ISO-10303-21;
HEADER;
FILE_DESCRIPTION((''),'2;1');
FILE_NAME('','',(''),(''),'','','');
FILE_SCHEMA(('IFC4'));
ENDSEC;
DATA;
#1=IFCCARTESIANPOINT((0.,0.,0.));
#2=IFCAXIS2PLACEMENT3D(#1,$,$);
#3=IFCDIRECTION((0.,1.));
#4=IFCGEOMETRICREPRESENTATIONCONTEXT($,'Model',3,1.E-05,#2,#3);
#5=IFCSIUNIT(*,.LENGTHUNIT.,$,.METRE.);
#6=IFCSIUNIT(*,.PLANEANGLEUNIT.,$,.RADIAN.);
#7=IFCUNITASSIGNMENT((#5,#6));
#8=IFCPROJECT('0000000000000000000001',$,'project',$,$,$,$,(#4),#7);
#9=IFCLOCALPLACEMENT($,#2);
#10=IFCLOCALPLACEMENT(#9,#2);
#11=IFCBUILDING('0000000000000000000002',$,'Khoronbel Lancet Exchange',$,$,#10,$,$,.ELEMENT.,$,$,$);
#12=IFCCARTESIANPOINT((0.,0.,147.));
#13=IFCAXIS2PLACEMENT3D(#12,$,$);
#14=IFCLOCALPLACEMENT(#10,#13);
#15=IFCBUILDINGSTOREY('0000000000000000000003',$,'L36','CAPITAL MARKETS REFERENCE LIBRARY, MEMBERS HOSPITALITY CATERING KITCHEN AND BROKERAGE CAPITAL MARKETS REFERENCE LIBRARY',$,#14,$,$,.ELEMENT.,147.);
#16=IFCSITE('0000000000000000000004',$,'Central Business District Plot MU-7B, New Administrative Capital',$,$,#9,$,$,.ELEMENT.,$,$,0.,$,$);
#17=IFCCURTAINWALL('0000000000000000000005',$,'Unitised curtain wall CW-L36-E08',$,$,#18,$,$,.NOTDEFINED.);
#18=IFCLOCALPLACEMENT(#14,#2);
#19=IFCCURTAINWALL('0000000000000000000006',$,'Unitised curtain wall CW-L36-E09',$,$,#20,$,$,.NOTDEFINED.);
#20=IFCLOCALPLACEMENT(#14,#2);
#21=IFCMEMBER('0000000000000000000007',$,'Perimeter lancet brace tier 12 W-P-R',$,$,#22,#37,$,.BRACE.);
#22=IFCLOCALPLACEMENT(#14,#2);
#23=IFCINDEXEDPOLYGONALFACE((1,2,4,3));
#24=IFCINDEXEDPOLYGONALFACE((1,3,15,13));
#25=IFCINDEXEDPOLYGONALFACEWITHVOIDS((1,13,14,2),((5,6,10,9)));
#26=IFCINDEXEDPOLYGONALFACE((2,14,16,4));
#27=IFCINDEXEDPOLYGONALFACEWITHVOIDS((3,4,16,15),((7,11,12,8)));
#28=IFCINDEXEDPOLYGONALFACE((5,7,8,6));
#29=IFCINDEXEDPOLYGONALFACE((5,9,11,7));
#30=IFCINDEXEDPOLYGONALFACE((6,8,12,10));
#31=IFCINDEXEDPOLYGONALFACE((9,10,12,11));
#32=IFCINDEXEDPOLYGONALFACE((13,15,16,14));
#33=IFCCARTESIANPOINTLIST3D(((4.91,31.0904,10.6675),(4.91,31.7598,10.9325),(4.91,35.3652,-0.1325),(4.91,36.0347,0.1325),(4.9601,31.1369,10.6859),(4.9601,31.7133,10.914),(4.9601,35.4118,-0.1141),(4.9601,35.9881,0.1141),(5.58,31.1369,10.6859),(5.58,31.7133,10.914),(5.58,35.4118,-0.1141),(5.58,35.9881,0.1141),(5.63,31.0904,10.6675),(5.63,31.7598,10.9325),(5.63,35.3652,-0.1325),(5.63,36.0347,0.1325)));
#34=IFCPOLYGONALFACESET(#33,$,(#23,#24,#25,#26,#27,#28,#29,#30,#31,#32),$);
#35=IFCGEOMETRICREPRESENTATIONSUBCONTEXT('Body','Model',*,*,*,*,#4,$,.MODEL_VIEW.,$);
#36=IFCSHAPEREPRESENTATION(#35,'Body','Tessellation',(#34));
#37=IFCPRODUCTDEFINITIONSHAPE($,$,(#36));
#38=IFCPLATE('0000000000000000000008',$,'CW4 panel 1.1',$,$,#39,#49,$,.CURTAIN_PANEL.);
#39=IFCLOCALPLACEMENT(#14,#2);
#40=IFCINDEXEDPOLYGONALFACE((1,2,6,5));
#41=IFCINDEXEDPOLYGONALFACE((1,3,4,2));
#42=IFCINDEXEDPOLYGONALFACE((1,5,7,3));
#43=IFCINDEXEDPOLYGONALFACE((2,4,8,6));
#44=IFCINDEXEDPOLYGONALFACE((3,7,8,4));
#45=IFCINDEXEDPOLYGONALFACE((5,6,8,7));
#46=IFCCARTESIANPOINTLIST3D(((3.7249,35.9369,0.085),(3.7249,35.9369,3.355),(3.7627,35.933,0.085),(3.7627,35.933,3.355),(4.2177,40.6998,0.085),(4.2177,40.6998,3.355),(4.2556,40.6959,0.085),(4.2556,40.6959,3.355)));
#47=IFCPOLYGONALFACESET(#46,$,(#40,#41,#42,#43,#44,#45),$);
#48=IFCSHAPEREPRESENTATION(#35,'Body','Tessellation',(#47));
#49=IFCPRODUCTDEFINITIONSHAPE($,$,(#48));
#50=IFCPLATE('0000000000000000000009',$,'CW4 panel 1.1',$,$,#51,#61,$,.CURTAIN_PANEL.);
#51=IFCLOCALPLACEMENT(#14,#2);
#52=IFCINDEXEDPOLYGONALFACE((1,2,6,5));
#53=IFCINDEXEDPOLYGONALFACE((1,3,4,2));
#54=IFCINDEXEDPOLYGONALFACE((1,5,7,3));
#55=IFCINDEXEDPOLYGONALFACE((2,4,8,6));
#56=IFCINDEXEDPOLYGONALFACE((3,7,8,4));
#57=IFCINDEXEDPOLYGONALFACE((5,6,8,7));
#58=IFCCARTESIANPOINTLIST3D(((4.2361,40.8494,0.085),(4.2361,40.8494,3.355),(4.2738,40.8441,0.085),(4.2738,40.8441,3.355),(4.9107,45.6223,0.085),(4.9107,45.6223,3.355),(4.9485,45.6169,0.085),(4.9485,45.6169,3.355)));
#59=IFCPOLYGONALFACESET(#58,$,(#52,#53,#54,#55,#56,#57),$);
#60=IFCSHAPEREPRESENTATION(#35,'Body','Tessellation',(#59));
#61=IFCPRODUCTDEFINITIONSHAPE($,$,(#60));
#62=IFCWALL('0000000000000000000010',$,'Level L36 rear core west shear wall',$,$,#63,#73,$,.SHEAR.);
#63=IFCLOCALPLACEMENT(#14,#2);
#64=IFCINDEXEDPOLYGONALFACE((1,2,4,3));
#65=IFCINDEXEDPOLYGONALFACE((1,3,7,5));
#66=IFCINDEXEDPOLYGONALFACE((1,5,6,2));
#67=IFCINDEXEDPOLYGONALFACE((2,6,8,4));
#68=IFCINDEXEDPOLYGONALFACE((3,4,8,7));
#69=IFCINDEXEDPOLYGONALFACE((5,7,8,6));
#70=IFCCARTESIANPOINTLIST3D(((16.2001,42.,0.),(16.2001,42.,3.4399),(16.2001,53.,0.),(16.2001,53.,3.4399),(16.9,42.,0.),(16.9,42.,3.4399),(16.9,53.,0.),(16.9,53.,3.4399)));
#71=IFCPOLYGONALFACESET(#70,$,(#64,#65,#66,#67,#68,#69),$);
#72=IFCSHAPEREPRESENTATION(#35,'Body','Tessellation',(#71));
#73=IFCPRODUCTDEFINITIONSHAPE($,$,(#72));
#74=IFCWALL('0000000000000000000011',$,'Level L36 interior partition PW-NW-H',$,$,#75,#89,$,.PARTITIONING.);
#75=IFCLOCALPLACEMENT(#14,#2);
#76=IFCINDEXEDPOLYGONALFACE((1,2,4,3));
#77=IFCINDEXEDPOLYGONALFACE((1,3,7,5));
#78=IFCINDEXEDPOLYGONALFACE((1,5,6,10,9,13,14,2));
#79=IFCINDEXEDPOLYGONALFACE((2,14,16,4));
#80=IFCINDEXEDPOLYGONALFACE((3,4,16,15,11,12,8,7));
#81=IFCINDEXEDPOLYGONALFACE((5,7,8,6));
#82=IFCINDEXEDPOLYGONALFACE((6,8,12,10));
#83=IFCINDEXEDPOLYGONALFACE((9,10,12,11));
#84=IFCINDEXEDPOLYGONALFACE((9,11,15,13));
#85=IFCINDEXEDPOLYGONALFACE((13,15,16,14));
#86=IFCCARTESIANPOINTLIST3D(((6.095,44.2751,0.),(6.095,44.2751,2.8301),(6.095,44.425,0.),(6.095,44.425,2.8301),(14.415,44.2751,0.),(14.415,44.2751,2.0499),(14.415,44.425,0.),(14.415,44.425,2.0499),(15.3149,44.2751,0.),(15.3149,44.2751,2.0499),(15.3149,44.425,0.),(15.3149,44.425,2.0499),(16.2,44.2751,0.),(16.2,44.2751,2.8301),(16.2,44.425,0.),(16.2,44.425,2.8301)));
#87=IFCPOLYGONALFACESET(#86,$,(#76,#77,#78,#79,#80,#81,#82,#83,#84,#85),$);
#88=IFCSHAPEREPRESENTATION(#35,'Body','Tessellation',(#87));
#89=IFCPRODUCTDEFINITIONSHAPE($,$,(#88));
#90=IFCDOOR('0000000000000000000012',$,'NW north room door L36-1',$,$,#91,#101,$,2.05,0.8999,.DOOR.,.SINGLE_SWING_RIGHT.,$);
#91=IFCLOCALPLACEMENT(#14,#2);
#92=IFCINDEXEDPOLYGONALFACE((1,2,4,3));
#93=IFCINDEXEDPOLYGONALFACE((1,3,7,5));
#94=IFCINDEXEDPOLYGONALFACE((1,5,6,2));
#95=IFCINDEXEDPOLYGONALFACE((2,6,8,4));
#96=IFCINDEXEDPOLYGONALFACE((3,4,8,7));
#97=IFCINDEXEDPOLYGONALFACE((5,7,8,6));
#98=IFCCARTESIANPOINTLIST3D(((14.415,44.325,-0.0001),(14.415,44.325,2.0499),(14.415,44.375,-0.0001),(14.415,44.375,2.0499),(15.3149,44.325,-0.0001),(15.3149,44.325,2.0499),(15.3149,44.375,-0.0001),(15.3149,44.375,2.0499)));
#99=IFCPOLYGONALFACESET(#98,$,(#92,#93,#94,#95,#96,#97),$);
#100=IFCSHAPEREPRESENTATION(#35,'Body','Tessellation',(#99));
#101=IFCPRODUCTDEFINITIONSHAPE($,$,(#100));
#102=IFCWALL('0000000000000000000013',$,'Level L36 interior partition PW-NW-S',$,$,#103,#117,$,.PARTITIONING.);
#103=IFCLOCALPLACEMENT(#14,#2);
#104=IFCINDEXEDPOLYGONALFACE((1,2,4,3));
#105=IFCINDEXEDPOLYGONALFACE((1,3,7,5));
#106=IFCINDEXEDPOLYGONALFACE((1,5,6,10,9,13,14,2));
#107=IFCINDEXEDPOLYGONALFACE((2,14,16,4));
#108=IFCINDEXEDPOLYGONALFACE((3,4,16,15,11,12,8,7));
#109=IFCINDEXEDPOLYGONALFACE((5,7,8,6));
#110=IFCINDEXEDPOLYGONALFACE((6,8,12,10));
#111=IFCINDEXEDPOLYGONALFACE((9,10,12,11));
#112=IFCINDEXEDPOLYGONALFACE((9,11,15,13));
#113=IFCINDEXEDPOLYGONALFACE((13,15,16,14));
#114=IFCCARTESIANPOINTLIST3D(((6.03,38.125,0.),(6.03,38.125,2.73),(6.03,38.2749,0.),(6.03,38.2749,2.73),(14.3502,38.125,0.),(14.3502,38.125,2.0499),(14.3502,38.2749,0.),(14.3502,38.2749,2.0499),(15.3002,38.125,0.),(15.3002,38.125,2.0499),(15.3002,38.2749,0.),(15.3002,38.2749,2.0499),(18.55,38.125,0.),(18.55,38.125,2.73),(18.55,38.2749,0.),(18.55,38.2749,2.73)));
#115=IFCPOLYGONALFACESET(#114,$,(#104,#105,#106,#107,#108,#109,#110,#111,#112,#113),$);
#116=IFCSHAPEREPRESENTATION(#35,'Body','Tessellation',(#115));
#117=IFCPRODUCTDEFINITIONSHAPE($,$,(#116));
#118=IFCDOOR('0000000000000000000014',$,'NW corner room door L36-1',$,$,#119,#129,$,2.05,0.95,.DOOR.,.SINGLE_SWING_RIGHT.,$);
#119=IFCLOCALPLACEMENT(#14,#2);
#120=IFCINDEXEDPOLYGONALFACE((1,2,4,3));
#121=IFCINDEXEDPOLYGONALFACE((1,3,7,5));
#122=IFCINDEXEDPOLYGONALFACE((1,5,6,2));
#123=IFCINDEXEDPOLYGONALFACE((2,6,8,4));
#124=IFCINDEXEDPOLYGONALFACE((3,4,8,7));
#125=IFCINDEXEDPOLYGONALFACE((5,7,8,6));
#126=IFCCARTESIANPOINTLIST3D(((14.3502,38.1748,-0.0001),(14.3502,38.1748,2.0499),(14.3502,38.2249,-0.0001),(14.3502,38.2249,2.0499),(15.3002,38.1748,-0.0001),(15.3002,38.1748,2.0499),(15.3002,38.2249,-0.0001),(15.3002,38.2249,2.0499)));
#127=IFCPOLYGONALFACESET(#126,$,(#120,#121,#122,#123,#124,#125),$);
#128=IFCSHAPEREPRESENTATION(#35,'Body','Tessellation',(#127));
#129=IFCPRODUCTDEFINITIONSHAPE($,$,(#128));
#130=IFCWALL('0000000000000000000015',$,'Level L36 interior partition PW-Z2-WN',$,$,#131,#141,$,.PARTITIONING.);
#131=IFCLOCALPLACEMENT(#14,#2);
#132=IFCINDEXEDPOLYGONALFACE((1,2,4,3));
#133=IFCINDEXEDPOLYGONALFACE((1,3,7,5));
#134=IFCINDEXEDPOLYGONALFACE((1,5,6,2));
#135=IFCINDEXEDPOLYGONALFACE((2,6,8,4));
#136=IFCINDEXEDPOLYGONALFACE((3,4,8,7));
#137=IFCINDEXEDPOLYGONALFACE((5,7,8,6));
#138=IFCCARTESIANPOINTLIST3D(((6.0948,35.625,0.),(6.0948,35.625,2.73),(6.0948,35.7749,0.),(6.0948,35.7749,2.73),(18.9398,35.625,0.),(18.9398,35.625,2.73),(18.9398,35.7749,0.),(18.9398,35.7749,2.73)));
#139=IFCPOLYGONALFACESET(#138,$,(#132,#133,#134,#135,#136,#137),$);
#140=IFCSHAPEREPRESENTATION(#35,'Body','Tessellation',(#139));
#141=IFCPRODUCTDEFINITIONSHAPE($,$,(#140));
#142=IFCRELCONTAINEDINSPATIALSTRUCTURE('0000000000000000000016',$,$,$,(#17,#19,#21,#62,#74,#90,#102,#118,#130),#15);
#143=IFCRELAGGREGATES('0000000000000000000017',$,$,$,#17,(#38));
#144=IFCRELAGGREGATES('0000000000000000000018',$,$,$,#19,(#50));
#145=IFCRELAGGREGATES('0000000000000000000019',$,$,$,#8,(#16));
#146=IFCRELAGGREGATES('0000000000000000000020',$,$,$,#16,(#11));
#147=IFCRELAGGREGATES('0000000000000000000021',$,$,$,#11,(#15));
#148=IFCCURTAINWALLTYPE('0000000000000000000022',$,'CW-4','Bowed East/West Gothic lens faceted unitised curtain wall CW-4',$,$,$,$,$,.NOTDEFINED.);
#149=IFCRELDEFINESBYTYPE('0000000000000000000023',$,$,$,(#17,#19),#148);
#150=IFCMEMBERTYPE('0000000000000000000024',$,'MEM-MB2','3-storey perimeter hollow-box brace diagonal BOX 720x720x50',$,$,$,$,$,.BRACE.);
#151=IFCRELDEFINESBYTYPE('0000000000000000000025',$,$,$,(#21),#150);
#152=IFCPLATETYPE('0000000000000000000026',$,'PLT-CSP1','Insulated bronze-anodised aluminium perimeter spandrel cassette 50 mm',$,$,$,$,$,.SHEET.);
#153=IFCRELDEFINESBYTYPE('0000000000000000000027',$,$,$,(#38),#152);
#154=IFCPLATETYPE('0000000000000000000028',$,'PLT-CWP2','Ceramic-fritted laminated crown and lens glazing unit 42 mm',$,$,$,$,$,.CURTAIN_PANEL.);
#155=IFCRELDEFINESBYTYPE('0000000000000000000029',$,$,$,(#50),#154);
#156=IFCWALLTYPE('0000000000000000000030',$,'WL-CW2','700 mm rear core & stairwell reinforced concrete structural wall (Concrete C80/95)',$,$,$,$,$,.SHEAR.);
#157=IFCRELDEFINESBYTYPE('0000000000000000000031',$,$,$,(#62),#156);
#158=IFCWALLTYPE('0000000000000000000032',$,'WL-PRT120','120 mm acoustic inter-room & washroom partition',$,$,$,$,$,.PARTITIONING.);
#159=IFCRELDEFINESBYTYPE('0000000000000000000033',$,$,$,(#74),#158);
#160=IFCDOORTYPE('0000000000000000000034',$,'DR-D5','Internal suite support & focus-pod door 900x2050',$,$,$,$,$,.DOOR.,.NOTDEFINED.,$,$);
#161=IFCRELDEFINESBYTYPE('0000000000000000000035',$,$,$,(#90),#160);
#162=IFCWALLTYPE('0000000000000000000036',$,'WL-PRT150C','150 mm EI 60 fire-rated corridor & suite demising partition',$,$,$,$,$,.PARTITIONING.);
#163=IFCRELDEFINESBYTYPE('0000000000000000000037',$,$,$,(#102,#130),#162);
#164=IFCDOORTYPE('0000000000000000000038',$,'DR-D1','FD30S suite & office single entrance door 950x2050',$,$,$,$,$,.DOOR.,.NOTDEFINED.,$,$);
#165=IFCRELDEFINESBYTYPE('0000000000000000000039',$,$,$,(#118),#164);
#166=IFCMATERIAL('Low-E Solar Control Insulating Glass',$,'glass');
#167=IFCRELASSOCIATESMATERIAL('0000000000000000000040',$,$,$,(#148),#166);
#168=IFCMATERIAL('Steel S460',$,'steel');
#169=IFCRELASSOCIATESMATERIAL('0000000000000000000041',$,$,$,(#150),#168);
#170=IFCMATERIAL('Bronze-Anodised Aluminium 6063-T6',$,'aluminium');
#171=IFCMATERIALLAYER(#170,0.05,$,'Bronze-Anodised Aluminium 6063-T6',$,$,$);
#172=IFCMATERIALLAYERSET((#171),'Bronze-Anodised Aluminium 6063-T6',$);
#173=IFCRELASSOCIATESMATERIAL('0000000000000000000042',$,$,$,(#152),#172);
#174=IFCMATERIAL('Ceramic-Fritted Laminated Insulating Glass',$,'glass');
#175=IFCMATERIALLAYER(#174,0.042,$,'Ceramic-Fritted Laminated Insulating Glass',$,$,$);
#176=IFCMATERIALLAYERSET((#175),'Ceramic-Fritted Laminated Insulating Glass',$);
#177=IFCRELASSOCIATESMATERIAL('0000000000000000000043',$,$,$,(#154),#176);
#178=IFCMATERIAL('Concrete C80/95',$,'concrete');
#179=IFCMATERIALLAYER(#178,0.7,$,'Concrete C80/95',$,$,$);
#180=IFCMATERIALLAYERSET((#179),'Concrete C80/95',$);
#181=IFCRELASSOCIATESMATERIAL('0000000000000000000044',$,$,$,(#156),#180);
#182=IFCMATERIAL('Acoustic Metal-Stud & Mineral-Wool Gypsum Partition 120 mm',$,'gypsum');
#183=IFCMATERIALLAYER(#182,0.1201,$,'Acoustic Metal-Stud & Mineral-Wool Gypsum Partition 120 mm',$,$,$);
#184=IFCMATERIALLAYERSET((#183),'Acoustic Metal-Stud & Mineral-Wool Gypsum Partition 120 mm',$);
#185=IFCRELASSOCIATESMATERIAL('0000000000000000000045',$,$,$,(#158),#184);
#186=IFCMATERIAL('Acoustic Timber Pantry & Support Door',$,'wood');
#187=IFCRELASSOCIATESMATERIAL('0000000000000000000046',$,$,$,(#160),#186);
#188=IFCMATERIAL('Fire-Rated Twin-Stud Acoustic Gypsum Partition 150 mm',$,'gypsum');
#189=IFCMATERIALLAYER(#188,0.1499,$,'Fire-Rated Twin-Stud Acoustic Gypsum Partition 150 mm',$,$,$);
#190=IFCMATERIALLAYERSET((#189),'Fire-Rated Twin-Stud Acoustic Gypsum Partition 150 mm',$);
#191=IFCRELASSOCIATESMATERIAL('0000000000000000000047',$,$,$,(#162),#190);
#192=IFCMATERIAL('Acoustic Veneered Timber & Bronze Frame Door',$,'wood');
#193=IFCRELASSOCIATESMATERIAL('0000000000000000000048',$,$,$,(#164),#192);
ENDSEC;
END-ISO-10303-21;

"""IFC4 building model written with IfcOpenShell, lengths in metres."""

from ifc_helpers import new_model, si_unit, direction, frame, frame_2d, origin, origin_2d, place, context, subcontext, project, spatial, rectangle, hollow_rectangle, extrude, material, layer, layer_set, material_profile, profile_set, type_object, element, fill, aggregate, save


model = new_model("IFC4")

# Units and contexts
model_context = context("Model", 3, precision=1e-05, world=origin(), true_north=direction((0.0, 1.0)))
body_context = subcontext(model_context, "Body", "Model", "MODEL_VIEW")
ifc_project = project(units=[si_unit("LENGTHUNIT", "METRE"), si_unit("PLANEANGLEUNIT", "RADIAN")], contexts=[model_context])

# Site, building, storey
site_placement = place(None, origin())
site = spatial("IfcSite", under=ifc_project, at=site_placement, Name="Central Business District Plot MU-7B, New Administrative Capital", CompositionType="ELEMENT", RefElevation=0.0)
building_placement = place(site_placement, origin())
building = spatial("IfcBuilding", under=site, at=building_placement, Name="Khoronbel Lancet Exchange", CompositionType="ELEMENT")
storey_placement = place(building_placement, frame((0.0, 0.0, 147.0)))
storey = spatial("IfcBuildingStorey", under=building, at=storey_placement, Name="L36", Description="CAPITAL MARKETS REFERENCE LIBRARY, MEMBERS HOSPITALITY CATERING KITCHEN AND BROKERAGE CAPITAL MARKETS REFERENCE LIBRARY", CompositionType="ELEMENT", Elevation=147.0)

# Shared definitions
ifc_material_1 = material(Name="Steel S460", Category="steel")

# Shared definitions
ifc_material_2 = material(Name="Low-E Solar Control Insulating Glass", Category="glass")
curtain_wall_type = type_object("IfcCurtainWallType", Name="CW-4", Description="Bowed East/West Gothic lens faceted unitised curtain wall CW-4", PredefinedType="NOTDEFINED", material=ifc_material_2)
ifc_material_3 = material(Name="Bronze-Anodised Aluminium 6063-T6", Category="aluminium")

# Curtain walls
curtain_wall_1_placement = place(storey_placement, origin())
curtain_wall_1 = element("IfcCurtainWall", 1, at=curtain_wall_1_placement, inside=storey, type_object=curtain_wall_type, Name="Unitised curtain wall CW-L36-E08", PredefinedType="NOTDEFINED")
curtain_wall_2_placement = place(storey_placement, origin())
curtain_wall_2 = element("IfcCurtainWall", 2, at=curtain_wall_2_placement, inside=storey, type_object=curtain_wall_type, Name="Unitised curtain wall CW-L36-E09", PredefinedType="NOTDEFINED")

# Member
ifc_material_profile_1 = material_profile(ifc_material_1, hollow_rectangle(XDim=0.72, YDim=0.72, WallThickness=0.05, at=origin_2d()), Name="BOX 720x720x50")
ifc_profile_set_1 = profile_set([ifc_material_profile_1], Name="Steel S460")
member_type_1 = type_object("IfcMemberType", Name="MEM-MB2", Description="3-storey perimeter hollow-box brace diagonal BOX 720x720x50", PredefinedType="BRACE", material=ifc_profile_set_1)
member_1_placement = place(storey_placement, frame((5.27, 35.7, 0.0), z_axis=(0.0, -0.36804, 0.92981), x_axis=(1.0, 0.0, 0.0)))
element("IfcMember", 3, at=member_1_placement, inside=storey, type_object=member_type_1, Name="Perimeter lancet brace tier 12 W-P-R", PredefinedType="BRACE", context=body_context, shape_type="SweptSolid", body=[
    extrude(hollow_rectangle(XDim=0.72, YDim=0.72, WallThickness=0.05, at=origin_2d()), origin(), (0.0, 0.0, 1.0), 11.6152),
])

# Plates
ifc_layer_1 = layer(ifc_material_3, 0.05, Name="Bronze-Anodised Aluminium 6063-T6")
ifc_layer_set_1 = layer_set([ifc_layer_1], Name="Bronze-Anodised Aluminium 6063-T6")
plate_type_1 = type_object("IfcPlateType", Name="PLT-CSP1", Description="Insulated bronze-anodised aluminium perimeter spandrel cassette 50 mm", PredefinedType="SHEET", material=ifc_layer_set_1)
plate_1_placement = place(storey_placement, frame((3.9902, 38.3164, 0.085), z_axis=(0.0, 0.0, 1.0), x_axis=(0.102932, 0.994688, 0.0)))
plate_1 = element("IfcPlate", 4, at=plate_1_placement, type_object=plate_type_1, Name="CW4 panel 1.1", PredefinedType="CURTAIN_PANEL", context=body_context, shape_type="SweptSolid", body=[
    extrude(rectangle(XDim=4.7883, YDim=0.0381, at=origin_2d()), origin(), (0.0, 0.0, 1.0), 3.27),
])
aggregate(curtain_wall_1, [plate_1])
ifc_material_4 = material(Name="Ceramic-Fritted Laminated Insulating Glass", Category="glass")
ifc_layer_2 = layer(ifc_material_4, 0.042, Name="Ceramic-Fritted Laminated Insulating Glass")
ifc_layer_set_2 = layer_set([ifc_layer_2], Name="Ceramic-Fritted Laminated Insulating Glass")
plate_type_2 = type_object("IfcPlateType", Name="PLT-CWP2", Description="Ceramic-fritted laminated crown and lens glazing unit 42 mm", PredefinedType="CURTAIN_PANEL", material=ifc_layer_set_2)
plate_2_placement = place(storey_placement, frame((4.5923, 43.2332, 0.085), z_axis=(0.0, 0.0, 1.0), x_axis=(0.139954, 0.990158, 0.0)))
plate_2 = element("IfcPlate", 5, at=plate_2_placement, type_object=plate_type_2, Name="CW4 panel 1.1", PredefinedType="CURTAIN_PANEL", context=body_context, shape_type="SweptSolid", body=[
    extrude(rectangle(XDim=4.8203, YDim=0.0381, at=origin_2d()), origin(), (0.0, 0.0, 1.0), 3.27),
])
aggregate(curtain_wall_2, [plate_2])

# Wall
ifc_material_5 = material(Name="Concrete C80/95", Category="concrete")
ifc_layer_3 = layer(ifc_material_5, 0.7, Name="Concrete C80/95")
ifc_layer_set_3 = layer_set([ifc_layer_3], Name="Concrete C80/95")
wall_type_1 = type_object("IfcWallType", Name="WL-CW2", Description="700 mm rear core & stairwell reinforced concrete structural wall (Concrete C80/95)", PredefinedType="SHEAR", material=ifc_layer_set_3)
wall_1_placement = place(storey_placement, frame((16.55, 42.0, 0.0), z_axis=(0.0, 0.0, 1.0), x_axis=(0.0, 1.0, 0.0)))
element("IfcWall", 6, at=wall_1_placement, inside=storey, type_object=wall_type_1, Name="Level L36 rear core west shear wall", PredefinedType="SHEAR", context=body_context, shape_type="SweptSolid", body=[
    extrude(rectangle(XDim=11.0, YDim=0.7, at=frame_2d((5.5, 0.0))), origin(), (0.0, 0.0, 1.0), 3.4399),
])

# Walls, openings, doors
ifc_material_6 = material(Name="Acoustic Metal-Stud & Mineral-Wool Gypsum Partition 120 mm", Category="gypsum")
ifc_layer_4 = layer(ifc_material_6, 0.1201, Name="Acoustic Metal-Stud & Mineral-Wool Gypsum Partition 120 mm")
ifc_layer_set_4 = layer_set([ifc_layer_4], Name="Acoustic Metal-Stud & Mineral-Wool Gypsum Partition 120 mm")
wall_type_2 = type_object("IfcWallType", Name="WL-PRT120", Description="120 mm acoustic inter-room & washroom partition", PredefinedType="PARTITIONING", material=ifc_layer_set_4)
wall_2_placement = place(storey_placement, frame((6.095, 44.3501, 0.0), z_axis=(0.0, 0.0, 1.0), x_axis=(1.0, 0.0, 0.0)))
wall_2 = element("IfcWall", 7, at=wall_2_placement, inside=storey, type_object=wall_type_2, Name="Level L36 interior partition PW-NW-H", PredefinedType="PARTITIONING", context=body_context, shape_type="SweptSolid", body=[
    extrude(rectangle(XDim=10.105, YDim=0.1499, at=frame_2d((5.0525, 0.0))), origin(), (0.0, 0.0, 1.0), 2.8301),
])
opening_1_placement = place(wall_2_placement, frame((8.3201, 0.0, 0.0)))
opening_1 = element("IfcOpeningElement", 8, at=opening_1_placement, cuts=wall_2, PredefinedType="OPENING", context=body_context, shape_type="SweptSolid", body=[
    extrude(rectangle(XDim=0.8999, YDim=2.05, at=frame_2d((0.45, 1.0249))), frame((0.0, 0.085, 0.0), z_axis=(0.0, -1.0, 0.0), x_axis=(1.0, 0.0, 0.0)), (0.0, 0.0, 1.0), 0.1699),
])
ifc_material_7 = material(Name="Acoustic Timber Pantry & Support Door", Category="wood")
door_type_1 = type_object("IfcDoorType", Name="DR-D5", Description="Internal suite support & focus-pod door 900x2050", OperationType="NOTDEFINED", PredefinedType="DOOR", material=ifc_material_7)
door_1_placement = place(opening_1_placement, origin())
door_1 = element("IfcDoor", 9, at=door_1_placement, inside=storey, type_object=door_type_1, Name="NW north room door L36-1", OperationType="SINGLE_SWING_RIGHT", OverallHeight=2.05, OverallWidth=0.8999, PredefinedType="DOOR", context=body_context, shape_type="SweptSolid", body=[
    extrude(rectangle(XDim=0.8999, YDim=2.05, at=frame_2d((0.45, 1.0249))), frame((0.0, 0.0249, 0.0), z_axis=(0.0, -1.0, 0.0), x_axis=(1.0, 0.0, 0.0)), (0.0, 0.0, 1.0), 0.05),
])
fill(opening_1, door_1)
ifc_material_8 = material(Name="Fire-Rated Twin-Stud Acoustic Gypsum Partition 150 mm", Category="gypsum")
ifc_layer_5 = layer(ifc_material_8, 0.1499, Name="Fire-Rated Twin-Stud Acoustic Gypsum Partition 150 mm")
ifc_layer_set_5 = layer_set([ifc_layer_5], Name="Fire-Rated Twin-Stud Acoustic Gypsum Partition 150 mm")
wall_type_3 = type_object("IfcWallType", Name="WL-PRT150C", Description="150 mm EI 60 fire-rated corridor & suite demising partition", PredefinedType="PARTITIONING", material=ifc_layer_set_5)
wall_3_placement = place(storey_placement, frame((6.03, 38.2, 0.0), z_axis=(0.0, 0.0, 1.0), x_axis=(1.0, 0.0, 0.0)))
wall_3 = element("IfcWall", 10, at=wall_3_placement, inside=storey, type_object=wall_type_3, Name="Level L36 interior partition PW-NW-S", PredefinedType="PARTITIONING", context=body_context, shape_type="SweptSolid", body=[
    extrude(rectangle(XDim=12.52, YDim=0.1499, at=frame_2d((6.26, 0.0))), origin(), (0.0, 0.0, 1.0), 2.73),
])
opening_2_placement = place(wall_3_placement, frame((8.3201, 0.0, 0.0)))
opening_2 = element("IfcOpeningElement", 11, at=opening_2_placement, cuts=wall_3, PredefinedType="OPENING", context=body_context, shape_type="SweptSolid", body=[
    extrude(rectangle(XDim=0.95, YDim=2.05, at=frame_2d((0.4751, 1.0249))), frame((0.0, 0.085, 0.0), z_axis=(0.0, -1.0, 0.0), x_axis=(1.0, 0.0, 0.0)), (0.0, 0.0, 1.0), 0.1699),
])
ifc_material_9 = material(Name="Acoustic Veneered Timber & Bronze Frame Door", Category="wood")
door_type_2 = type_object("IfcDoorType", Name="DR-D1", Description="FD30S suite & office single entrance door 950x2050", OperationType="NOTDEFINED", PredefinedType="DOOR", material=ifc_material_9)
door_2_placement = place(opening_2_placement, origin())
door_2 = element("IfcDoor", 12, at=door_2_placement, inside=storey, type_object=door_type_2, Name="NW corner room door L36-1", OperationType="SINGLE_SWING_RIGHT", OverallHeight=2.05, OverallWidth=0.95, PredefinedType="DOOR", context=body_context, shape_type="SweptSolid", body=[
    extrude(rectangle(XDim=0.95, YDim=2.05, at=frame_2d((0.4751, 1.0249))), frame((0.0, 0.0249, 0.0), z_axis=(0.0, -1.0, 0.0), x_axis=(1.0, 0.0, 0.0)), (0.0, 0.0, 1.0), 0.05),
])
fill(opening_2, door_2)

# Wall
wall_4_placement = place(storey_placement, frame((6.095, 35.7, 0.0), z_axis=(0.0, 0.0, 1.0), x_axis=(1.0, 0.0, 0.0)))
element("IfcWall", 13, at=wall_4_placement, inside=storey, type_object=wall_type_3, Name="Level L36 interior partition PW-Z2-WN", PredefinedType="PARTITIONING", context=body_context, shape_type="SweptSolid", body=[
    extrude(rectangle(XDim=12.845, YDim=0.1499, at=frame_2d((6.4224, 0.0))), origin(), (0.0, 0.0, 1.0), 2.73),
])

save(model, "model.ifc")
